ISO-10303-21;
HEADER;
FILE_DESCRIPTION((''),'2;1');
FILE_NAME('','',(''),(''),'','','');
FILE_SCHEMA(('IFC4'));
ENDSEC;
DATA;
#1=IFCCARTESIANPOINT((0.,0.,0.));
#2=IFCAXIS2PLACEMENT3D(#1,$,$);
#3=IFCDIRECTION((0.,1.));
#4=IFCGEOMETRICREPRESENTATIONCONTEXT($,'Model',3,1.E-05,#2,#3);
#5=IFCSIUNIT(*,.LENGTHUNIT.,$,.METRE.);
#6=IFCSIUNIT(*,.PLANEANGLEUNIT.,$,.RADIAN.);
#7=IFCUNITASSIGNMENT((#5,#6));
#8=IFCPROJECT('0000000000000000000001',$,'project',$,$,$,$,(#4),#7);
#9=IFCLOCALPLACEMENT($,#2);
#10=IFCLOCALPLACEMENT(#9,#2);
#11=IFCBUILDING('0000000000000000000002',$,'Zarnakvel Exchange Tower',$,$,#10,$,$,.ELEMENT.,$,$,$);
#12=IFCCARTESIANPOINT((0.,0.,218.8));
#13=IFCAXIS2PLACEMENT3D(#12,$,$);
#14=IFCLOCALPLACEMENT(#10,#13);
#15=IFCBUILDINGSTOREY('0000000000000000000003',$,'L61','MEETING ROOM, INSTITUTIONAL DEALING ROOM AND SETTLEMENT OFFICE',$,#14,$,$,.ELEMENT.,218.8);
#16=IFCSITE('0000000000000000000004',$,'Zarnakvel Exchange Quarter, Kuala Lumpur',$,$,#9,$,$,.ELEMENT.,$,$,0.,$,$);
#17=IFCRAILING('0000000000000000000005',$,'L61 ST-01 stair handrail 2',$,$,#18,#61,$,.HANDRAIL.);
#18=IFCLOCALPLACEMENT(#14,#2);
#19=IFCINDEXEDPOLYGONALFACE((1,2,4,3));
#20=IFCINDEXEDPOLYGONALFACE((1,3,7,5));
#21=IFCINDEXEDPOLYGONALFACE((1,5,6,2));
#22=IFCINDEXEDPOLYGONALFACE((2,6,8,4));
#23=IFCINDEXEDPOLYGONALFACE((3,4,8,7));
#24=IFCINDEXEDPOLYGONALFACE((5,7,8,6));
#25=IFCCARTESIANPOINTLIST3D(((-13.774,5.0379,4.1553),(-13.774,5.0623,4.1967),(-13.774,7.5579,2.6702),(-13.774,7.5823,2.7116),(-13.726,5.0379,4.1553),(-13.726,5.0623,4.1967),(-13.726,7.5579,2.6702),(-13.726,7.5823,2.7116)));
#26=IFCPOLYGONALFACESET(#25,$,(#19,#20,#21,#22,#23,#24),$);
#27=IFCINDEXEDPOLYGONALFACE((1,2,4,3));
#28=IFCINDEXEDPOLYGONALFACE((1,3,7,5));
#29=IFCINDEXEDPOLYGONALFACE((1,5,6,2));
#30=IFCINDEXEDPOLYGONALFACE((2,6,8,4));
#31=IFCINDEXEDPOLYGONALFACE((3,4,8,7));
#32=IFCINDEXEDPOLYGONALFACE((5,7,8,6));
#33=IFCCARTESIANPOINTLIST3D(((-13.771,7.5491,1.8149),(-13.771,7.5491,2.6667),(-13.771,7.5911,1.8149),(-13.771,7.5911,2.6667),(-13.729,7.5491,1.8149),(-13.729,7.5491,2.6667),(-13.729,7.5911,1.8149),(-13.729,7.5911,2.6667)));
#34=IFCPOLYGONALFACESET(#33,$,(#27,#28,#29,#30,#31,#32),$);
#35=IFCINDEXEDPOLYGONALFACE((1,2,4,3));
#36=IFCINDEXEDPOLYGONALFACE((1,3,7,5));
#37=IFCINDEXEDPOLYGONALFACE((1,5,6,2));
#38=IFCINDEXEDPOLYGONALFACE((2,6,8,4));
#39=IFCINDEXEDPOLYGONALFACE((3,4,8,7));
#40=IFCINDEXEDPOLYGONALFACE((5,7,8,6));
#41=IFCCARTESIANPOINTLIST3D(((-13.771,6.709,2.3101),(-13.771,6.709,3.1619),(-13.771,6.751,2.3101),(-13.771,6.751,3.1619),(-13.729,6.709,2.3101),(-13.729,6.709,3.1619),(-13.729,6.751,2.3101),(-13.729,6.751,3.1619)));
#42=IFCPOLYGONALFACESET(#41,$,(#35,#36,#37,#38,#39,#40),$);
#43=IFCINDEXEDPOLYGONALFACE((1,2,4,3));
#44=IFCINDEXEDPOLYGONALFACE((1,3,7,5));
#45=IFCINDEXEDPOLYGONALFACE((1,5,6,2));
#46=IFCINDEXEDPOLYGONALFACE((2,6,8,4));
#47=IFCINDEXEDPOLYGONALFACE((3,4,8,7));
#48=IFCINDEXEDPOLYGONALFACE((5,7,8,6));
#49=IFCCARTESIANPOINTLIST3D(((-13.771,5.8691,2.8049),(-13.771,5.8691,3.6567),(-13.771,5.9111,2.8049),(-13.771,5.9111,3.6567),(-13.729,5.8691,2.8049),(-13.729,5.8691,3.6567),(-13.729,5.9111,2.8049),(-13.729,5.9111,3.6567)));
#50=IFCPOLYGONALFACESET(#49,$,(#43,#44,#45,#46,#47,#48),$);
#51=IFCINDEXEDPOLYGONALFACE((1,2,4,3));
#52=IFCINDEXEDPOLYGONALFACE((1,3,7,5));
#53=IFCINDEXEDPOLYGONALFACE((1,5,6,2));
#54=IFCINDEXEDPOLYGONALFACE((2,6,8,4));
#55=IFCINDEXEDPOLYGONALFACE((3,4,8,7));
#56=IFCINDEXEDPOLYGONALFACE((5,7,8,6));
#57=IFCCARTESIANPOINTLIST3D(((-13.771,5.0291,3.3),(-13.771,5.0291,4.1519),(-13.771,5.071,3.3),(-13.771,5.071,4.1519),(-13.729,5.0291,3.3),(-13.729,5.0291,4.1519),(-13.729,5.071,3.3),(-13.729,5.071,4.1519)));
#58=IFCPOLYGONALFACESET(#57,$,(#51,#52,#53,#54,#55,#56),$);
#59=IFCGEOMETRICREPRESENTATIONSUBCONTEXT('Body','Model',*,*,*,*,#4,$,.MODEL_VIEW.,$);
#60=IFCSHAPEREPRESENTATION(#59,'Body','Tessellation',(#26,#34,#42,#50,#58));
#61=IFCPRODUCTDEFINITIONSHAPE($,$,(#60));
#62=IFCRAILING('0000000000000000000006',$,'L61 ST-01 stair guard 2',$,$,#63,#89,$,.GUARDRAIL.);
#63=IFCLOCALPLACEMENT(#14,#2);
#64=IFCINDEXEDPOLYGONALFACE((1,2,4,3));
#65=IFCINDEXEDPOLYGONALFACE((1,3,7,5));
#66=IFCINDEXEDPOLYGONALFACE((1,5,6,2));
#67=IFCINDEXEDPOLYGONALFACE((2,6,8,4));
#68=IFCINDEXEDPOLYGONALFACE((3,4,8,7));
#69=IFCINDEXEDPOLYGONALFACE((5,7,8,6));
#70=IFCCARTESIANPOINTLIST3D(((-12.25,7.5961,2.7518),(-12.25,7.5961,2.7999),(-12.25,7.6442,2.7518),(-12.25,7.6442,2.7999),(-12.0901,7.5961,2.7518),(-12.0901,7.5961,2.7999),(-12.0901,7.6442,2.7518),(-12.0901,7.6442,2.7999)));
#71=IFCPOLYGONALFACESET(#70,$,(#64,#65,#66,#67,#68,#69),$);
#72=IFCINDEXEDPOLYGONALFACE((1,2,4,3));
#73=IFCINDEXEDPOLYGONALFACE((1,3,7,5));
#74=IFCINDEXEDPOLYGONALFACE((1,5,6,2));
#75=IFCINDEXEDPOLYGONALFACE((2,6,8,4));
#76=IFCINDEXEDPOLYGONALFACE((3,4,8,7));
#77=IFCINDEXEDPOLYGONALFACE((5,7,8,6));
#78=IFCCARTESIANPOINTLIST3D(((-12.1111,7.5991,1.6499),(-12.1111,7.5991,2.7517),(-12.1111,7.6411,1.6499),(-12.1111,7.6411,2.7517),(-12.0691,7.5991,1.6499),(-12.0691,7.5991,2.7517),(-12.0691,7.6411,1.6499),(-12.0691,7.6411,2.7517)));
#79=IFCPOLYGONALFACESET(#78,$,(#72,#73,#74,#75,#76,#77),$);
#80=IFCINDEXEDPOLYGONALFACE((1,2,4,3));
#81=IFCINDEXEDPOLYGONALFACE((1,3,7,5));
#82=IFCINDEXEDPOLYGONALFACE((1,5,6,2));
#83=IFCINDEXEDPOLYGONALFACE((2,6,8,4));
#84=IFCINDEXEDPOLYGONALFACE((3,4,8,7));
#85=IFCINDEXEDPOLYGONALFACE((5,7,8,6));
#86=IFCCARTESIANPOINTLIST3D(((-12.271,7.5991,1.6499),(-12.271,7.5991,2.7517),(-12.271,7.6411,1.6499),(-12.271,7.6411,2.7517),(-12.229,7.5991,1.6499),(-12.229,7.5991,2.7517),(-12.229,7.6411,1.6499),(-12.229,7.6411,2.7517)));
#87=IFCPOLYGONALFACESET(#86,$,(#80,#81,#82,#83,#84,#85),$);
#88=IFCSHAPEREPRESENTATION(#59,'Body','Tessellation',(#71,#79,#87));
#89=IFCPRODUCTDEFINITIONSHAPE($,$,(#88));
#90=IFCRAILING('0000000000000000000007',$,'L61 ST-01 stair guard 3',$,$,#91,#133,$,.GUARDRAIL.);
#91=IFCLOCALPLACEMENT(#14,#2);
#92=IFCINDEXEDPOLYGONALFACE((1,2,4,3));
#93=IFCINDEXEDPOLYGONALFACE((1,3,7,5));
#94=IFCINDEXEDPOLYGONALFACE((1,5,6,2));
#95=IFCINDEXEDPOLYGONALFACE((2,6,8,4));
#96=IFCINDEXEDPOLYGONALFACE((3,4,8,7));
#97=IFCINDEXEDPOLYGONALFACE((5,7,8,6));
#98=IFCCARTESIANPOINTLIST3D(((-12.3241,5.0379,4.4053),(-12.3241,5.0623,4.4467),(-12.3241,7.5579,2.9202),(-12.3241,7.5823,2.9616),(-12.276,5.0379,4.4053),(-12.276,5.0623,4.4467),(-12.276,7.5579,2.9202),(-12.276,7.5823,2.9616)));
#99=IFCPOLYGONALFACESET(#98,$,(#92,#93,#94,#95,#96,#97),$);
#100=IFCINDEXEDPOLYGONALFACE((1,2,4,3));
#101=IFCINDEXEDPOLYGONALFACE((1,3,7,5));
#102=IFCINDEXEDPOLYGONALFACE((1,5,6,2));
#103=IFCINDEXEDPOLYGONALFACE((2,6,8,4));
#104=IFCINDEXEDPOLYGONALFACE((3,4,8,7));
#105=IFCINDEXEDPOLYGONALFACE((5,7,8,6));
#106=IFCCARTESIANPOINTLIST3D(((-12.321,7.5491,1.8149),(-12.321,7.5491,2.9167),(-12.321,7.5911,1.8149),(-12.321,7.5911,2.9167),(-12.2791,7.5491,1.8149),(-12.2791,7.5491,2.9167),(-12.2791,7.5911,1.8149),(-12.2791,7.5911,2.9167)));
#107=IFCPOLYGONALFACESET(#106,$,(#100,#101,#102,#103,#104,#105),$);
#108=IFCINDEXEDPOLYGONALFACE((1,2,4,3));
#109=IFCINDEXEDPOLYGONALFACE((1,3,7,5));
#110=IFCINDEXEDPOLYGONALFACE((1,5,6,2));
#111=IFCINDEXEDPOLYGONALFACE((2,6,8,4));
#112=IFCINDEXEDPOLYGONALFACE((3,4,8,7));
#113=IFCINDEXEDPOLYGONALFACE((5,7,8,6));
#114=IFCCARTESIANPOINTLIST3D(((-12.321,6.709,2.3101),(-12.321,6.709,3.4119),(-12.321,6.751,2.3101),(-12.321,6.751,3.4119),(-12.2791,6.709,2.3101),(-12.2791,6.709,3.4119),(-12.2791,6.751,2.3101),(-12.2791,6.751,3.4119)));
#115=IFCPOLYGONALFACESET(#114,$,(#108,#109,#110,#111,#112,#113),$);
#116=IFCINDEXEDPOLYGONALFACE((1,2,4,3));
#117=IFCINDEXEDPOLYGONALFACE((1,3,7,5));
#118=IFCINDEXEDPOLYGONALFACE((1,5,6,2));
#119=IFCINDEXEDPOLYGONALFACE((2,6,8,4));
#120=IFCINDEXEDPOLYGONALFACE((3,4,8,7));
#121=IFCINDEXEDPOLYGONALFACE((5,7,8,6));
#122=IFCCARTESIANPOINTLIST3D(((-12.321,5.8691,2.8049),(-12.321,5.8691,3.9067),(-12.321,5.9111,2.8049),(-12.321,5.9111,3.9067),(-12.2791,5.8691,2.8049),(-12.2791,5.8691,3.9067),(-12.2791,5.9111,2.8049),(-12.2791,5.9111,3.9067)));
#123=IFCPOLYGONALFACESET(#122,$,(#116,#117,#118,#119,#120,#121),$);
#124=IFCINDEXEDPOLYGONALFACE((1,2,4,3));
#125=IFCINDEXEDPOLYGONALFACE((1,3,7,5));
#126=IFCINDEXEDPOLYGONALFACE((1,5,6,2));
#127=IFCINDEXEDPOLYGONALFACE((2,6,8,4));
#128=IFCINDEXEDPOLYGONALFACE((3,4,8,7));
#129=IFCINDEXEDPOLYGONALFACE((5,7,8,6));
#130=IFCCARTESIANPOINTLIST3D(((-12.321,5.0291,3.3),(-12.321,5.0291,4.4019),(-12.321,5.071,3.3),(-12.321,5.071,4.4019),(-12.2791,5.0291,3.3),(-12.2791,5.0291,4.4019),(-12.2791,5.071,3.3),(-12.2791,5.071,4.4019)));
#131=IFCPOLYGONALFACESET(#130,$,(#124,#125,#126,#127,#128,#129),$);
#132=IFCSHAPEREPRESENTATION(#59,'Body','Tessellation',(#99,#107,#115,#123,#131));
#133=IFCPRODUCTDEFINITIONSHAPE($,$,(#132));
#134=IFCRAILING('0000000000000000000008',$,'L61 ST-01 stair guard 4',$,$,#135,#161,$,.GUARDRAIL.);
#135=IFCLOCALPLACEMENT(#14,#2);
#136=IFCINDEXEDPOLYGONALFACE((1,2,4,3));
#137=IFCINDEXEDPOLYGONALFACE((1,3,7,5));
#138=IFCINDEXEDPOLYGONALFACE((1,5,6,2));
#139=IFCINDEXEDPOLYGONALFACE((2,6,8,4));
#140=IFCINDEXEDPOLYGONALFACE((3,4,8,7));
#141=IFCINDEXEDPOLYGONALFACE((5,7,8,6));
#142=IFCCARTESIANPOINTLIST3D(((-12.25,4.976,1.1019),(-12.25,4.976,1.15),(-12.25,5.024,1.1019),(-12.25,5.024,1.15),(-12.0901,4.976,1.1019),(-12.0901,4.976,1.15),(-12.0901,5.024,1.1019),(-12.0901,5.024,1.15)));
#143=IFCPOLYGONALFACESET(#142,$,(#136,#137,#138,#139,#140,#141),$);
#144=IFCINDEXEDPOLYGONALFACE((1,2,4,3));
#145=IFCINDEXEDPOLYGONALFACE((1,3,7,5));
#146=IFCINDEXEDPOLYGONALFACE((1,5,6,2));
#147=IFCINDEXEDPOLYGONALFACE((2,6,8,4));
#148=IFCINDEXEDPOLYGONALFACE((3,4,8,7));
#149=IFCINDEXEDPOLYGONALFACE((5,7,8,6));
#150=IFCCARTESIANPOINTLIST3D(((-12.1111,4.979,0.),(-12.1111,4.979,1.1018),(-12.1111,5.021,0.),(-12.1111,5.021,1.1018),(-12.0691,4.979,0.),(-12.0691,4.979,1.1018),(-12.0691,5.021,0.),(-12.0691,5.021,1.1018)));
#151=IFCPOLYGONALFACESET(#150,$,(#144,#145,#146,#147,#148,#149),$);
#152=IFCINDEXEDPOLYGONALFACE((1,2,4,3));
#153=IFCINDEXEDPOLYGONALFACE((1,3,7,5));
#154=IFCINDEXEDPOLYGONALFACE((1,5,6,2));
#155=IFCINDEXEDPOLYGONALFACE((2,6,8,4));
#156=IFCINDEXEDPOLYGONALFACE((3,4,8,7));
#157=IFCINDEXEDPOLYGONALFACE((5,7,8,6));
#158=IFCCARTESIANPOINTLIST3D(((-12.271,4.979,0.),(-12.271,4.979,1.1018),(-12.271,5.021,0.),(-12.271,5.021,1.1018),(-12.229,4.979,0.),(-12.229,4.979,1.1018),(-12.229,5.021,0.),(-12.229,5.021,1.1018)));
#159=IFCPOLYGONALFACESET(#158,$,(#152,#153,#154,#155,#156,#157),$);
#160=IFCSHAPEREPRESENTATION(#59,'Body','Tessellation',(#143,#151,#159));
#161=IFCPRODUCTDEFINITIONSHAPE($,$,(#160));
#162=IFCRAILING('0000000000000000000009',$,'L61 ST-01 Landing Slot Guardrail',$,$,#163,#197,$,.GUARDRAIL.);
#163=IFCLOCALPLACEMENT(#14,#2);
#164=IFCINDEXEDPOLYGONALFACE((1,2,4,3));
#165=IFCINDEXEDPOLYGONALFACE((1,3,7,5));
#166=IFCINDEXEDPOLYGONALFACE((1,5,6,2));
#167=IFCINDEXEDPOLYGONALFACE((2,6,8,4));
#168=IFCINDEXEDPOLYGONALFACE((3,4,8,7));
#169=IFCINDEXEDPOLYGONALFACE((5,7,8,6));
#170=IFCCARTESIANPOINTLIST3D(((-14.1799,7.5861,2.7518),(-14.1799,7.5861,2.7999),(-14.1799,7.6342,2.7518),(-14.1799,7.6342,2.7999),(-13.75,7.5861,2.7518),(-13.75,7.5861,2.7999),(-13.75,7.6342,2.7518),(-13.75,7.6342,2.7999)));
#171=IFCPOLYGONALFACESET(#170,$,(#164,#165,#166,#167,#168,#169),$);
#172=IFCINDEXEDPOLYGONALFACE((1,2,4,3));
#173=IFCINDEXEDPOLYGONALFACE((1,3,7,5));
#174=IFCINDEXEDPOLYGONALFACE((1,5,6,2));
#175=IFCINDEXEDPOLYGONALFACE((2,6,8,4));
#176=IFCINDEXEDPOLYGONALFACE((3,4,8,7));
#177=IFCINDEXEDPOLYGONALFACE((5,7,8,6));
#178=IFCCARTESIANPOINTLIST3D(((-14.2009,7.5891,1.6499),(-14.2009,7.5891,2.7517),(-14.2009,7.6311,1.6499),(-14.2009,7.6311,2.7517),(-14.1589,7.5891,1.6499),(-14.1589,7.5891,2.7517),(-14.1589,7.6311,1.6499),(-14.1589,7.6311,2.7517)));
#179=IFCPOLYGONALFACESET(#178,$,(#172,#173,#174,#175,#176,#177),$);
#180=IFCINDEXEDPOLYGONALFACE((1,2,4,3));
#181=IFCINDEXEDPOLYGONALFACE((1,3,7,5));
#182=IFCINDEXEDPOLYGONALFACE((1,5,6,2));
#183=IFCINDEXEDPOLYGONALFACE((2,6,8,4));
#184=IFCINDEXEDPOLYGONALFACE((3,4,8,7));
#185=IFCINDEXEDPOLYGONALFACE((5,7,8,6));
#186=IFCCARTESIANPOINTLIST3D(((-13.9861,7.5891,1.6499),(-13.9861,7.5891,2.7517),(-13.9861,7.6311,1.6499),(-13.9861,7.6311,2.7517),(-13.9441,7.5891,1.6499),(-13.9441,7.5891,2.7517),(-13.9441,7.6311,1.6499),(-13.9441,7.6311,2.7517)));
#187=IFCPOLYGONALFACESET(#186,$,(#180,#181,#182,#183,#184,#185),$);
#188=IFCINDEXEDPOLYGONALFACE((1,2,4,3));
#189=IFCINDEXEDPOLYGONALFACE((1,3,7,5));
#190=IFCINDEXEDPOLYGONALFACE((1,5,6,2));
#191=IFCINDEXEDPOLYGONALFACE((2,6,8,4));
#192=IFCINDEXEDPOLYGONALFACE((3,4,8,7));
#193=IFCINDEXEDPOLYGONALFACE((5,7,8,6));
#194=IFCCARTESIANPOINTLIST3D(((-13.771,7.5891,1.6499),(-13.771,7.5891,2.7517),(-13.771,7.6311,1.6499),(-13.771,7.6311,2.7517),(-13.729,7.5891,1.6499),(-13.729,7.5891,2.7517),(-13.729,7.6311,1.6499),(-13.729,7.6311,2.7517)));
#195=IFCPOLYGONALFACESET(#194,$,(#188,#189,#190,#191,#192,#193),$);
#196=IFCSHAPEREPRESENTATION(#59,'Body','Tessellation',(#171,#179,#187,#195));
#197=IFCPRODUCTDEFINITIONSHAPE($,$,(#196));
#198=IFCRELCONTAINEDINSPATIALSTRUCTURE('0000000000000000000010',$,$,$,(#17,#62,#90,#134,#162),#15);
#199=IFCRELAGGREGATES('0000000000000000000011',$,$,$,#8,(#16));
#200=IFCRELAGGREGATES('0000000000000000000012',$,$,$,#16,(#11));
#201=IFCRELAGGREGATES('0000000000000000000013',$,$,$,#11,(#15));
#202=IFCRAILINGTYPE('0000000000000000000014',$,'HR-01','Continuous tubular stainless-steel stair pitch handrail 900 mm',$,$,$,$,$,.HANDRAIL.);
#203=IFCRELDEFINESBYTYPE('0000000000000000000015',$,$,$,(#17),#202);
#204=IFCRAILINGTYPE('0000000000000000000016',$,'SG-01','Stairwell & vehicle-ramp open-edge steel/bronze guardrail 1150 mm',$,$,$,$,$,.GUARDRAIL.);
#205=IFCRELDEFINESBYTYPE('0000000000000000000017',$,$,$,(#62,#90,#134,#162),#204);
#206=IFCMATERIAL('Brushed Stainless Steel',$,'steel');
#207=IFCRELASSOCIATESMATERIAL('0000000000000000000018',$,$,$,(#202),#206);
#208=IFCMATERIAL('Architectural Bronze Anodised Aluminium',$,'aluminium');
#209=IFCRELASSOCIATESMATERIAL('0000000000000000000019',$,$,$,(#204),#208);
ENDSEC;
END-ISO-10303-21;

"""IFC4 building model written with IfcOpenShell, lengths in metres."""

from ifc_helpers import new_model, si_unit, direction, frame, origin, origin_2d, place, context, subcontext, project, spatial, rectangle, extrude, material, type_object, element, save


model = new_model("IFC4")

# Units and contexts
model_context = context("Model", 3, precision=1e-05, world=origin(), true_north=direction((0.0, 1.0)))
body_context = subcontext(model_context, "Body", "Model", "MODEL_VIEW")
ifc_project = project(units=[si_unit("LENGTHUNIT", "METRE"), si_unit("PLANEANGLEUNIT", "RADIAN")], contexts=[model_context])

# Site, building, storey
site_placement = place(None, origin())
site = spatial("IfcSite", under=ifc_project, at=site_placement, Name="Zarnakvel Exchange Quarter, Kuala Lumpur", CompositionType="ELEMENT", RefElevation=0.0)
building_placement = place(site_placement, origin())
building = spatial("IfcBuilding", under=site, at=building_placement, Name="Zarnakvel Exchange Tower", CompositionType="ELEMENT")
storey_placement = place(building_placement, frame((0.0, 0.0, 218.8)))
storey = spatial("IfcBuildingStorey", under=building, at=storey_placement, Name="L61", Description="MEETING ROOM, INSTITUTIONAL DEALING ROOM AND SETTLEMENT OFFICE", CompositionType="ELEMENT", Elevation=218.8)

# Shared definitions
ifc_material_1 = material(Name="Architectural Bronze Anodised Aluminium", Category="aluminium")

# Railings
ifc_material_2 = material(Name="Brushed Stainless Steel", Category="steel")
railing_type_1 = type_object("IfcRailingType", Name="HR-01", Description="Continuous tubular stainless-steel stair pitch handrail 900 mm", PredefinedType="HANDRAIL", material=ifc_material_2)
railing_1_placement = place(storey_placement, frame((-13.75, 7.5701, 1.8149)))
element("IfcRailing", 1, at=railing_1_placement, inside=storey, type_object=railing_type_1, Name="L61 ST-01 stair handrail 2", PredefinedType="HANDRAIL", context=body_context, shape_type="SweptSolid", body=[
    extrude(rectangle(XDim=0.0481, YDim=0.0481, at=origin_2d()), frame((0.0, 0.0, 0.876), z_axis=(0.0, -0.861524, 0.507717), x_axis=(1.0, 0.0, 0.0)), (0.0, 0.0, 1.0), 2.925),
    extrude(rectangle(XDim=0.042, YDim=0.042, at=origin_2d()), origin(), (0.0, 0.0, 1.0), 0.8518),
    extrude(rectangle(XDim=0.042, YDim=0.042, at=origin_2d()), frame((0.0, -0.8401, 0.4951)), (0.0, 0.0, 1.0), 0.8518),
    extrude(rectangle(XDim=0.042, YDim=0.042, at=origin_2d()), frame((0.0, -1.6799, 0.99)), (0.0, 0.0, 1.0), 0.8518),
    extrude(rectangle(XDim=0.042, YDim=0.042, at=origin_2d()), frame((0.0, -2.52, 1.4851)), (0.0, 0.0, 1.0), 0.8518),
])
railing_type_2 = type_object("IfcRailingType", Name="SG-01", Description="Stairwell & vehicle-ramp open-edge steel/bronze guardrail 1150 mm", PredefinedType="GUARDRAIL", material=ifc_material_1)
railing_2_placement = place(storey_placement, frame((-12.0901, 7.6201, 1.6499)))
element("IfcRailing", 2, at=railing_2_placement, inside=storey, type_object=railing_type_2, Name="L61 ST-01 stair guard 2", PredefinedType="GUARDRAIL", context=body_context, shape_type="SweptSolid", body=[
    extrude(rectangle(XDim=0.0481, YDim=0.0481, at=origin_2d()), frame((0.0, 0.0, 1.126), z_axis=(-1.0, 0.0, 0.0), x_axis=(0.0, -1.0, 0.0)), (0.0, 0.0, 1.0), 0.1599),
    extrude(rectangle(XDim=0.042, YDim=0.042, at=origin_2d()), origin(), (0.0, 0.0, 1.0), 1.1018),
    extrude(rectangle(XDim=0.042, YDim=0.042, at=origin_2d()), frame((-0.1599, 0.0, 0.0)), (0.0, 0.0, 1.0), 1.1018),
])
railing_3_placement = place(storey_placement, frame((-12.3, 7.5701, 1.8149)))
element("IfcRailing", 3, at=railing_3_placement, inside=storey, type_object=railing_type_2, Name="L61 ST-01 stair guard 3", PredefinedType="GUARDRAIL", context=body_context, shape_type="SweptSolid", body=[
    extrude(rectangle(XDim=0.0481, YDim=0.0481, at=origin_2d()), frame((0.0, 0.0, 1.126), z_axis=(0.0, -0.861524, 0.507717), x_axis=(1.0, 0.0, 0.0)), (0.0, 0.0, 1.0), 2.925),
    extrude(rectangle(XDim=0.042, YDim=0.042, at=origin_2d()), origin(), (0.0, 0.0, 1.0), 1.1018),
    extrude(rectangle(XDim=0.042, YDim=0.042, at=origin_2d()), frame((0.0, -0.8401, 0.4951)), (0.0, 0.0, 1.0), 1.1018),
    extrude(rectangle(XDim=0.042, YDim=0.042, at=origin_2d()), frame((0.0, -1.6799, 0.99)), (0.0, 0.0, 1.0), 1.1018),
    extrude(rectangle(XDim=0.042, YDim=0.042, at=origin_2d()), frame((0.0, -2.52, 1.4851)), (0.0, 0.0, 1.0), 1.1018),
])
railing_4_placement = place(storey_placement, frame((-12.0901, 5.0, 0.0)))
element("IfcRailing", 4, at=railing_4_placement, inside=storey, type_object=railing_type_2, Name="L61 ST-01 stair guard 4", PredefinedType="GUARDRAIL", context=body_context, shape_type="SweptSolid", body=[
    extrude(rectangle(XDim=0.0481, YDim=0.0481, at=origin_2d()), frame((0.0, 0.0, 1.126), z_axis=(-1.0, 0.0, 0.0), x_axis=(0.0, -1.0, 0.0)), (0.0, 0.0, 1.0), 0.1599),
    extrude(rectangle(XDim=0.042, YDim=0.042, at=origin_2d()), origin(), (0.0, 0.0, 1.0), 1.1018),
    extrude(rectangle(XDim=0.042, YDim=0.042, at=origin_2d()), frame((-0.1599, 0.0, 0.0)), (0.0, 0.0, 1.0), 1.1018),
])
railing_5_placement = place(storey_placement, frame((-14.1799, 7.6101, 1.6499)))
element("IfcRailing", 5, at=railing_5_placement, inside=storey, type_object=railing_type_2, Name="L61 ST-01 Landing Slot Guardrail", PredefinedType="GUARDRAIL", context=body_context, shape_type="SweptSolid", body=[
    extrude(rectangle(XDim=0.0481, YDim=0.0481, at=origin_2d()), frame((0.0, 0.0, 1.126), z_axis=(1.0, 0.0, 0.0), x_axis=(0.0, 1.0, 0.0)), (0.0, 0.0, 1.0), 0.4299),
    extrude(rectangle(XDim=0.042, YDim=0.042, at=origin_2d()), origin(), (0.0, 0.0, 1.0), 1.1018),
    extrude(rectangle(XDim=0.042, YDim=0.042, at=origin_2d()), frame((0.2148, 0.0, 0.0)), (0.0, 0.0, 1.0), 1.1018),
    extrude(rectangle(XDim=0.042, YDim=0.042, at=origin_2d()), frame((0.4299, 0.0, 0.0)), (0.0, 0.0, 1.0), 1.1018),
])

save(model, "model.ifc")
